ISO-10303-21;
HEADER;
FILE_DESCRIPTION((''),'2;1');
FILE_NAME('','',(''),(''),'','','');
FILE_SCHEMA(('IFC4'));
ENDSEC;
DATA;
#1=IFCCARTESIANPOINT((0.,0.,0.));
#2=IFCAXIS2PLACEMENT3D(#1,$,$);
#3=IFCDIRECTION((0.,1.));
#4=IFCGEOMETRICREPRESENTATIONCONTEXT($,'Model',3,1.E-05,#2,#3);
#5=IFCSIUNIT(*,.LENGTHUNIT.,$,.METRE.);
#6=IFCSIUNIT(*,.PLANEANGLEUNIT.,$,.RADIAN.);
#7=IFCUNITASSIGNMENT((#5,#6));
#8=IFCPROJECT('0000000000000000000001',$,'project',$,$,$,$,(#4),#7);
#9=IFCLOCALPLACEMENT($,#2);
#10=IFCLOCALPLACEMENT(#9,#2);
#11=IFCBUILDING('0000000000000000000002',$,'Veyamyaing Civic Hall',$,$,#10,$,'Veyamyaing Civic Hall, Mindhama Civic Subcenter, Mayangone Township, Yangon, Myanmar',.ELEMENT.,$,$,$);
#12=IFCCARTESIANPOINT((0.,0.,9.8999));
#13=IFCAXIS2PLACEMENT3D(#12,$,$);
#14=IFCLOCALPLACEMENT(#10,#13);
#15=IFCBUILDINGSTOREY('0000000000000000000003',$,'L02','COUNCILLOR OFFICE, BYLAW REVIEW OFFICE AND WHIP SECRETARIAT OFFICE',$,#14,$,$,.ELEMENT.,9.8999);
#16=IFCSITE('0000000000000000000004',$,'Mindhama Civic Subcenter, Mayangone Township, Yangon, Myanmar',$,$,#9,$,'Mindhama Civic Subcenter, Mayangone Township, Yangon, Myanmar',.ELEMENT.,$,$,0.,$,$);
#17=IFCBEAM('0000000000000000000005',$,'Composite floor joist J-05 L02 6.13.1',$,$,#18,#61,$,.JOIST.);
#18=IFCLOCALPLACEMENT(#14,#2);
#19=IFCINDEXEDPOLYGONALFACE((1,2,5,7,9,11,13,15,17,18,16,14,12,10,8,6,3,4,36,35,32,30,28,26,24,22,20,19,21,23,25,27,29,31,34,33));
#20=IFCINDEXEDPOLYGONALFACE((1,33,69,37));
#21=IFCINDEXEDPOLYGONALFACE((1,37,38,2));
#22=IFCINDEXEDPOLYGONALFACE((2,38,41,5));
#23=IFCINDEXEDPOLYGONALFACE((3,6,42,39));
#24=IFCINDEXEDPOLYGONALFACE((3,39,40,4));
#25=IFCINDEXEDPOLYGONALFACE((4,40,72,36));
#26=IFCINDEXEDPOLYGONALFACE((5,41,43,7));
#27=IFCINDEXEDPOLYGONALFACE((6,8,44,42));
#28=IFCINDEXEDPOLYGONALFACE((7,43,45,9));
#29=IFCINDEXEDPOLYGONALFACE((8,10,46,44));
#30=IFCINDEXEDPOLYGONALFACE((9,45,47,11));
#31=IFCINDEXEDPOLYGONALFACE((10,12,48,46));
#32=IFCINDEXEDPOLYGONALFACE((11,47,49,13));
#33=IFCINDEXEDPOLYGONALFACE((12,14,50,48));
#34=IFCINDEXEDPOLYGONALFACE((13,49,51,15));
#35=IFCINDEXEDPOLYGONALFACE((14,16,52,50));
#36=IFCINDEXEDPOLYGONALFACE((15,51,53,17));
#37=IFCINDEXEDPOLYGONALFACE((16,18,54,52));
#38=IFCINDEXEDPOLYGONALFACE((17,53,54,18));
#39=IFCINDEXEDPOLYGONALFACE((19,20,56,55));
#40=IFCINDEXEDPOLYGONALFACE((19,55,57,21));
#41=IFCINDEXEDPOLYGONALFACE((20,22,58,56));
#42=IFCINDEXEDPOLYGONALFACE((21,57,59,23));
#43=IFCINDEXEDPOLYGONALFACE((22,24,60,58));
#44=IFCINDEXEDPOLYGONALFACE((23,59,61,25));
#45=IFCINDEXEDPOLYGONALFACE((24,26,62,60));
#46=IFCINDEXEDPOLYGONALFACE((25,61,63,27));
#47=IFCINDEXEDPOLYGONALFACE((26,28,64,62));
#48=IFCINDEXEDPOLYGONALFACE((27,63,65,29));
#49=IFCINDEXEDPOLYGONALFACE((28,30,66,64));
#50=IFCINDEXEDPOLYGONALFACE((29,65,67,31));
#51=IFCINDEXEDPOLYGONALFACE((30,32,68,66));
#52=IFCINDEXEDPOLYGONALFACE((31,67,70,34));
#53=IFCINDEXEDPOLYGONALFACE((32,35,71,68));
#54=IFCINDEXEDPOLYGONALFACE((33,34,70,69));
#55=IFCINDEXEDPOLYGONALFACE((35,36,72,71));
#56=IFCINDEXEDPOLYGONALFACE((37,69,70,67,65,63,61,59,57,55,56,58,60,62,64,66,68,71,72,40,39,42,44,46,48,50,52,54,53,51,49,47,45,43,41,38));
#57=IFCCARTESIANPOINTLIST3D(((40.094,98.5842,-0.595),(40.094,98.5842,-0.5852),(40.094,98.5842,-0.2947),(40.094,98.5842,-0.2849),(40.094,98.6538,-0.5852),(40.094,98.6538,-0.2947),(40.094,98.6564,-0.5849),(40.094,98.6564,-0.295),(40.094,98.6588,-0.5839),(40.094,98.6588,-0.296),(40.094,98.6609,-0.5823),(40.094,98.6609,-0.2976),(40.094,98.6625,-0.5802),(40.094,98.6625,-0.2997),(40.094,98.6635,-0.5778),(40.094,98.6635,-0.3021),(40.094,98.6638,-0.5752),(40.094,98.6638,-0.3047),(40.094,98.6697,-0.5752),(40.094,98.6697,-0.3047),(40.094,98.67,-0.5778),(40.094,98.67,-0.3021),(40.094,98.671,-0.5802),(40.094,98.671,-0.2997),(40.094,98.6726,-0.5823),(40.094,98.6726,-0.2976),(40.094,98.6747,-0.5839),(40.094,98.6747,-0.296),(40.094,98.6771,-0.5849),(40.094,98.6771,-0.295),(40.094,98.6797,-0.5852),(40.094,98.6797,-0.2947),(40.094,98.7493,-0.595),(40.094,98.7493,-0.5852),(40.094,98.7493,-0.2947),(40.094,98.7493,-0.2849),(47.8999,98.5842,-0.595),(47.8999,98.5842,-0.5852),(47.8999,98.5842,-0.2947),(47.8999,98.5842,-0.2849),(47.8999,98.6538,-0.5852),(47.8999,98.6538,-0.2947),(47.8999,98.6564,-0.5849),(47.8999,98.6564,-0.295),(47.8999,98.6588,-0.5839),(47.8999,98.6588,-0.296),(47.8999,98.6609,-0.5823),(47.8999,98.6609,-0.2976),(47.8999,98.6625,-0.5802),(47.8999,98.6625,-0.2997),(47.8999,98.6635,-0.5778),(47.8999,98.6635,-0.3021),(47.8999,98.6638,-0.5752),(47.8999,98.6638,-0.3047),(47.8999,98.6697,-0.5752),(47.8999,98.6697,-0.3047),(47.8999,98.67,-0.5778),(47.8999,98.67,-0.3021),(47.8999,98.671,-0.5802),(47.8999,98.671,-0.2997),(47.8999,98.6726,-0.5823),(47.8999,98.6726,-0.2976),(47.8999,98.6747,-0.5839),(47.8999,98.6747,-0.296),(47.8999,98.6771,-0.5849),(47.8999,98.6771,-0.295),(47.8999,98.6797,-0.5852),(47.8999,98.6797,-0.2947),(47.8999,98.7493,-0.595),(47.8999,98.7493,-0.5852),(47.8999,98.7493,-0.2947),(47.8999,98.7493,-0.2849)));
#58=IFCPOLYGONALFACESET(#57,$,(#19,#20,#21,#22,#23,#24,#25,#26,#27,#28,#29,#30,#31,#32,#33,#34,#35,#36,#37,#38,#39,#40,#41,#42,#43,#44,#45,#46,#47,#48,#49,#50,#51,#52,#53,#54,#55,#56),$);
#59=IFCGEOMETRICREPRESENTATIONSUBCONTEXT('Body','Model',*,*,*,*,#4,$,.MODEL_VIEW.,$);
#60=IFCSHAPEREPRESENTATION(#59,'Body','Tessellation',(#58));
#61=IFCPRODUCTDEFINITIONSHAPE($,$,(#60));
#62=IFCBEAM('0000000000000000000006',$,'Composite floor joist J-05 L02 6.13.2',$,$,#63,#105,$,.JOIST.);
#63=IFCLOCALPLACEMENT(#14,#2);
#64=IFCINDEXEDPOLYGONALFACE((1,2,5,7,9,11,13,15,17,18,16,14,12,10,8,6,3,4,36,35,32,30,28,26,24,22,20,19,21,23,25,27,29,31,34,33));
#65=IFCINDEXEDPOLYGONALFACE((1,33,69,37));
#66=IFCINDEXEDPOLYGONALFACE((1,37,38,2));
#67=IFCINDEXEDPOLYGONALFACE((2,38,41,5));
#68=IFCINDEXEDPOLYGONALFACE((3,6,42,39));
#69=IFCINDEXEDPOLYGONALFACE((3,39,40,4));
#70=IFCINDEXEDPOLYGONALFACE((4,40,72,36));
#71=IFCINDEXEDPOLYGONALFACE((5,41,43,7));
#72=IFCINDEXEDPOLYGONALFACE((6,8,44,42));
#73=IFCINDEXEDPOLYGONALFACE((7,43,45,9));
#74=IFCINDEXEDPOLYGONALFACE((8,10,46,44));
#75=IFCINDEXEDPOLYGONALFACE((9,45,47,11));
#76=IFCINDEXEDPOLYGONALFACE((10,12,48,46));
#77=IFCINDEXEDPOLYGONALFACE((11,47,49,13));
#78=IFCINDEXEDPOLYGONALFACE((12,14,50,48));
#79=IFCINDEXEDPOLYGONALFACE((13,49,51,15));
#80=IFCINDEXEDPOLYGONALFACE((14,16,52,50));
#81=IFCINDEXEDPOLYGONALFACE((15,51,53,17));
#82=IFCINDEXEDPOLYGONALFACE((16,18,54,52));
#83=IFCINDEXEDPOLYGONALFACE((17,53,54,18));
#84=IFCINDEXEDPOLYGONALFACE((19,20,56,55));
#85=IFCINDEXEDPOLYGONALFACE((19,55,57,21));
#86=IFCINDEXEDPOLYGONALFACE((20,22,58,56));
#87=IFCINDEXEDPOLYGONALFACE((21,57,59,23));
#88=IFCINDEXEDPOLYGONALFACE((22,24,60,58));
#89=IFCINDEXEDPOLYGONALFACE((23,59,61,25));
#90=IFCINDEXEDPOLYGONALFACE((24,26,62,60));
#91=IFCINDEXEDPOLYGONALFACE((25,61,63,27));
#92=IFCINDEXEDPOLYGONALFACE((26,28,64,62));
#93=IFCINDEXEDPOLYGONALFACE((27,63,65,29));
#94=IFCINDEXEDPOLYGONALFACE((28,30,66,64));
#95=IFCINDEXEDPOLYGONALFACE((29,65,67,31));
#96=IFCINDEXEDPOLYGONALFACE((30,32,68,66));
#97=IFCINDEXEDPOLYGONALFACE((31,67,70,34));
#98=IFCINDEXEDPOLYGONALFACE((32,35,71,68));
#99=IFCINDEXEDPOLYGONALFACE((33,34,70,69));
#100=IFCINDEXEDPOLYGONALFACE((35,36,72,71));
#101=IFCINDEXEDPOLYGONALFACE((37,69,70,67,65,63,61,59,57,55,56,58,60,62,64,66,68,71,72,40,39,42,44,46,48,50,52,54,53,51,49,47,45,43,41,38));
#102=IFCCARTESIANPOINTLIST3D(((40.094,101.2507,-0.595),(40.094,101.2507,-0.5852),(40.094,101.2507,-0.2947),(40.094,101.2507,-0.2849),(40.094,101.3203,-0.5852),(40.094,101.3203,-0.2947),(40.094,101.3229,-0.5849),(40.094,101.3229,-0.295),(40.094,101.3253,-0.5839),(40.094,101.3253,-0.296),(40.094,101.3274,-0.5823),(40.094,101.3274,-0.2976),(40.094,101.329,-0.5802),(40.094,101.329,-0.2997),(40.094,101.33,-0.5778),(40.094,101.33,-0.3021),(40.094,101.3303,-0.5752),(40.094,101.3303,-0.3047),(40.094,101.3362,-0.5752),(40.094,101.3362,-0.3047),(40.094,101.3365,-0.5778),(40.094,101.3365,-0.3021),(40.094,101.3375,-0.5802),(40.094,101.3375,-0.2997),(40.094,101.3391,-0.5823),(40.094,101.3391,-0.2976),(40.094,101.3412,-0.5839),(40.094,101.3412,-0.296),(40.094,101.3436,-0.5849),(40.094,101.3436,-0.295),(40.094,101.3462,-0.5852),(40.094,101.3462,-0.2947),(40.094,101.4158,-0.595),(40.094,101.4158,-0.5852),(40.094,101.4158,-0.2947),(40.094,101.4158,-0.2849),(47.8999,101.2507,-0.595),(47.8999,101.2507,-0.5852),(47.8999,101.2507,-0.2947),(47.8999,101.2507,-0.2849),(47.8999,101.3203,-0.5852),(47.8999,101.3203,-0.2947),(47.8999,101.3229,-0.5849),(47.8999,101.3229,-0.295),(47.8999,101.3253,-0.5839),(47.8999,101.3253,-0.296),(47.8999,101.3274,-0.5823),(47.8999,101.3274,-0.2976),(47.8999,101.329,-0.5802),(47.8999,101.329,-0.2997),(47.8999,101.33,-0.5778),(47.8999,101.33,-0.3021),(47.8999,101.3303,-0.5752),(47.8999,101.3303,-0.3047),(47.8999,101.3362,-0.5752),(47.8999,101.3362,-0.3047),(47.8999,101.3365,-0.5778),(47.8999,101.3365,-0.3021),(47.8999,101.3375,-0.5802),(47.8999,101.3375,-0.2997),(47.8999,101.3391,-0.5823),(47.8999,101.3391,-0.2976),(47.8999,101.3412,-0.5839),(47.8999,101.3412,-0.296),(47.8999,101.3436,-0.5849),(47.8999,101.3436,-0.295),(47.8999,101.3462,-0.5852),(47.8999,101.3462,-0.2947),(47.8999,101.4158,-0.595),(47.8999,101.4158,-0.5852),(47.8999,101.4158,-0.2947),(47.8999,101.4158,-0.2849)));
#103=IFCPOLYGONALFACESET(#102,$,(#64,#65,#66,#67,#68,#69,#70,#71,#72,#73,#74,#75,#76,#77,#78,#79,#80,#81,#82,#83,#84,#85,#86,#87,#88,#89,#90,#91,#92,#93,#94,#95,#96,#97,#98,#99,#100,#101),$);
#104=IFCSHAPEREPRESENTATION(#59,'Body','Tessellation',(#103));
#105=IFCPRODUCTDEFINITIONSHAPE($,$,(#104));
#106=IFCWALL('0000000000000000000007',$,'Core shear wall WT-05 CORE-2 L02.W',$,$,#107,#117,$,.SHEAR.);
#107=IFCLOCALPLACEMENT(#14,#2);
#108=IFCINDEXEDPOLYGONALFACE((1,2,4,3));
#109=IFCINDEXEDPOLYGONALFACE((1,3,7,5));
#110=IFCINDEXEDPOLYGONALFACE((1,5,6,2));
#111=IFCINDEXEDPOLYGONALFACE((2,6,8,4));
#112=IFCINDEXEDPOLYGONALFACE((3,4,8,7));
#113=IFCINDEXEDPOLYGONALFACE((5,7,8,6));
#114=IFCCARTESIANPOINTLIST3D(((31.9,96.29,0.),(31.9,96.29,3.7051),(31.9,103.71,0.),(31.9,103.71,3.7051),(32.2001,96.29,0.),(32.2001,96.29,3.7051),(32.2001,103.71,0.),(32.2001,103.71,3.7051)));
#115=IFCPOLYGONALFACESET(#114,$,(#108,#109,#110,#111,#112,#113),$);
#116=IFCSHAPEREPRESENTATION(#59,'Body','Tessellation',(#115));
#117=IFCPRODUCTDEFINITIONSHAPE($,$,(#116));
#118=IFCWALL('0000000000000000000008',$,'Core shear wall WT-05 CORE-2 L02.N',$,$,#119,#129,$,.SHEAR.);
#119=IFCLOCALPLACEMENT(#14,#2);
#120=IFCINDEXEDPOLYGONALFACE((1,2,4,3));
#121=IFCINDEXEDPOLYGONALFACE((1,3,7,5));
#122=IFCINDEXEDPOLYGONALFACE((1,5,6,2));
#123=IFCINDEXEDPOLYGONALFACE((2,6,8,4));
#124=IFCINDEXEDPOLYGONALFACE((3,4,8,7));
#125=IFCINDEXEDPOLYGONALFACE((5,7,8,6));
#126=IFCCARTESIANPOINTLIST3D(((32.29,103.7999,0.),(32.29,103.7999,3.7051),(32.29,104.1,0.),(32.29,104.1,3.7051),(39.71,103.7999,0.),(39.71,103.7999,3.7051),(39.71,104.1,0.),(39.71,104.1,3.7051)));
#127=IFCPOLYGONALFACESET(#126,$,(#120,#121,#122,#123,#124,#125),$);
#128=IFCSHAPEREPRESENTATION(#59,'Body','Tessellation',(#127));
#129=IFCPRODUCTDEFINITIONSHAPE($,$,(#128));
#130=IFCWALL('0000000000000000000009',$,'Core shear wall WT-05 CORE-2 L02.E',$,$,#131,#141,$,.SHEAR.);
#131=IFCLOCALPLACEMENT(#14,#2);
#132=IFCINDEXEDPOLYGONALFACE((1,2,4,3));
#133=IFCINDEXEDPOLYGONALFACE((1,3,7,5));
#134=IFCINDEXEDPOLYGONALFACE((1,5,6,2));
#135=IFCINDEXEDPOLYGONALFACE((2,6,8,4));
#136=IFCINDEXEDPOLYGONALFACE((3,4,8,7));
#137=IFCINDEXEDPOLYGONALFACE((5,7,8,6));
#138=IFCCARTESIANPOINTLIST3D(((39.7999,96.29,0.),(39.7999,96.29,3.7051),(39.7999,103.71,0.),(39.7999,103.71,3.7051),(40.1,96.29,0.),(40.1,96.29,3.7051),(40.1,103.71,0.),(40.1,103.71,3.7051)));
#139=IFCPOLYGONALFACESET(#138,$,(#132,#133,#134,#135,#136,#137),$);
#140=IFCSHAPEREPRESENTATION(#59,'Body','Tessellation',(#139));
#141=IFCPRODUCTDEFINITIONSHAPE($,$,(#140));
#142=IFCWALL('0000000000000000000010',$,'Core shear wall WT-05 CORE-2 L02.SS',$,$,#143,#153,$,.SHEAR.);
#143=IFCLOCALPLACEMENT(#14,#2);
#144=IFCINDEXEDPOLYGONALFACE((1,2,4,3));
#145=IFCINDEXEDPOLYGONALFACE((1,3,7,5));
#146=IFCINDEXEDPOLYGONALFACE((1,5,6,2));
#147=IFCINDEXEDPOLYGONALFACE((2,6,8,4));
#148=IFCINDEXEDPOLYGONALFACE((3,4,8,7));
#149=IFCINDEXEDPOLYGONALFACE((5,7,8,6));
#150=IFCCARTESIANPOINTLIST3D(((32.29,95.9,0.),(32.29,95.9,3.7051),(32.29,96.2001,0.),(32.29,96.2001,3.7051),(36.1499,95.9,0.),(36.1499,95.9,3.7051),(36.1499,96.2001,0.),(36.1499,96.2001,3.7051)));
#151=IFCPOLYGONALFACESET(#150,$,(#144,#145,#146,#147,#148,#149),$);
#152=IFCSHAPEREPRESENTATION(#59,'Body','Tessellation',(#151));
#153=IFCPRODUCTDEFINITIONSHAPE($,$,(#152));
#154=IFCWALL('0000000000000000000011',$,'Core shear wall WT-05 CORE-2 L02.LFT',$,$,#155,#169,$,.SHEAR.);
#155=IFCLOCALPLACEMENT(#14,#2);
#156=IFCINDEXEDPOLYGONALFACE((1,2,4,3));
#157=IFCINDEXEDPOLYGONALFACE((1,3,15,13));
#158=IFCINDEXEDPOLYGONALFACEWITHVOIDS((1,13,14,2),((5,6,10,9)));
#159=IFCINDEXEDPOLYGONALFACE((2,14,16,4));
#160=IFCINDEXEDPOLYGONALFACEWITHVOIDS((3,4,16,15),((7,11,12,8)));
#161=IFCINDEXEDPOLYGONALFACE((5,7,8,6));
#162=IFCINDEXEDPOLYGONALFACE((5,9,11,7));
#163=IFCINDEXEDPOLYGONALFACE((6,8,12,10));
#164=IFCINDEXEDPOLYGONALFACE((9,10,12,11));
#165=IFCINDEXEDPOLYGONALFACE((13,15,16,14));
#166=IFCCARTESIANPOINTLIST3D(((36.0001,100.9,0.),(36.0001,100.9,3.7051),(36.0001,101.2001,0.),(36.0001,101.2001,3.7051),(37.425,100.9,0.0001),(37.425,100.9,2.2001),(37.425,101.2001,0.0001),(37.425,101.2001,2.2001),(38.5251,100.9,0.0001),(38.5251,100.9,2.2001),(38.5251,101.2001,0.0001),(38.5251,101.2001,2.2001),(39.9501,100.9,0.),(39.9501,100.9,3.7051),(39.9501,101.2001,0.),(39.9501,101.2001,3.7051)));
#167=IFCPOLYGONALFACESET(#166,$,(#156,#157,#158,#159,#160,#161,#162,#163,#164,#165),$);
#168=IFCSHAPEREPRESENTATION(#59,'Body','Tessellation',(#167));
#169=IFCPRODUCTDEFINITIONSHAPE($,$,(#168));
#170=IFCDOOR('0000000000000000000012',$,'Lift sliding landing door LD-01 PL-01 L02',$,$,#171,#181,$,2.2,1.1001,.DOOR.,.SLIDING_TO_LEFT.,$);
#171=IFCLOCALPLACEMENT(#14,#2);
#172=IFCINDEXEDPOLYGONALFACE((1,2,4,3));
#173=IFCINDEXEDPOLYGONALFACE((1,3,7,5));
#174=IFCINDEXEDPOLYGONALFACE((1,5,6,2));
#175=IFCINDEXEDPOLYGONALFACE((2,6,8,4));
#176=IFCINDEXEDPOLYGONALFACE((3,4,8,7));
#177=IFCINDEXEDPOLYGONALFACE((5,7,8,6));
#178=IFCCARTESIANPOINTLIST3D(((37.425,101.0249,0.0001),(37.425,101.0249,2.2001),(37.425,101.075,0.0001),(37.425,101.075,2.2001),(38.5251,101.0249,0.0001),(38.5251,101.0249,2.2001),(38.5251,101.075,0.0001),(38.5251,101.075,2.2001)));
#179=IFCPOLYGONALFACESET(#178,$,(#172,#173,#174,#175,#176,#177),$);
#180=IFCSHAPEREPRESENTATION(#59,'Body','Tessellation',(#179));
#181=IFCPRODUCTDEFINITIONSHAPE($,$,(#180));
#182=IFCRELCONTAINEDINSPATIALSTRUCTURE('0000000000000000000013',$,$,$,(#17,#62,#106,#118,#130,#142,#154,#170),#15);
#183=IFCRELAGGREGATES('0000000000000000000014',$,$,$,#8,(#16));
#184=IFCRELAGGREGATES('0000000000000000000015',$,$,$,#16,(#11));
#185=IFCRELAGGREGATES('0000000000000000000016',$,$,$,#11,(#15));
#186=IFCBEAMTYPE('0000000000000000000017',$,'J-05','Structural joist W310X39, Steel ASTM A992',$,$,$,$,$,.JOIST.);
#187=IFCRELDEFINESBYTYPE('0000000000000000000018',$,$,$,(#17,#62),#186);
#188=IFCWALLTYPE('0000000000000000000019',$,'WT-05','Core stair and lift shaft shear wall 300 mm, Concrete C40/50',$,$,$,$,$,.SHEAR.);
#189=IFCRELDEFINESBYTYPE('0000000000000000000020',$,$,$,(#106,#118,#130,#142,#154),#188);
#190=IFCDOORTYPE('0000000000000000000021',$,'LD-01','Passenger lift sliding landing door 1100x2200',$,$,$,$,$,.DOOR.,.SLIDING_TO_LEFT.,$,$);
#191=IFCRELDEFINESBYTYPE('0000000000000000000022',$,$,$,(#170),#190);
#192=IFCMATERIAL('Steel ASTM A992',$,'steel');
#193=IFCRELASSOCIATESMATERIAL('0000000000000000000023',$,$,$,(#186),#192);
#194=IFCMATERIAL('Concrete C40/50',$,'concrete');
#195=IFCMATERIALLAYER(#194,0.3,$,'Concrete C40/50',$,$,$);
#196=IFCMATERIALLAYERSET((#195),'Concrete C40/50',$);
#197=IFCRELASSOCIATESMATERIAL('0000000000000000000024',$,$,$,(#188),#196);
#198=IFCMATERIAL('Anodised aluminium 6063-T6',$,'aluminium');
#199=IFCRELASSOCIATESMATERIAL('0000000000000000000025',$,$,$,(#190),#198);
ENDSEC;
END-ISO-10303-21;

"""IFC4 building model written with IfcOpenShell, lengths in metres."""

from ifc_helpers import new_model, si_unit, direction, frame, frame_2d, origin, origin_2d, place, context, subcontext, project, spatial, rectangle, i_section, extrude, material, layer, layer_set, material_profile, profile_set, type_object, element, fill, save


model = new_model("IFC4")

# Units and contexts
model_context = context("Model", 3, precision=1e-05, world=origin(), true_north=direction((0.0, 1.0)))
body_context = subcontext(model_context, "Body", "Model", "MODEL_VIEW")
ifc_project = project(units=[si_unit("LENGTHUNIT", "METRE"), si_unit("PLANEANGLEUNIT", "RADIAN")], contexts=[model_context])

# Site, building, storey
site_placement = place(None, origin())
site = spatial("IfcSite", under=ifc_project, at=site_placement, Name="Mindhama Civic Subcenter, Mayangone Township, Yangon, Myanmar", LongName="Mindhama Civic Subcenter, Mayangone Township, Yangon, Myanmar", CompositionType="ELEMENT", RefElevation=0.0)
building_placement = place(site_placement, origin())
building = spatial("IfcBuilding", under=site, at=building_placement, Name="Veyamyaing Civic Hall", LongName="Veyamyaing Civic Hall, Mindhama Civic Subcenter, Mayangone Township, Yangon, Myanmar", CompositionType="ELEMENT")
storey_placement = place(building_placement, frame((0.0, 0.0, 9.8999)))
storey = spatial("IfcBuildingStorey", under=building, at=storey_placement, Name="L02", Description="COUNCILLOR OFFICE, BYLAW REVIEW OFFICE AND WHIP SECRETARIAT OFFICE", CompositionType="ELEMENT", Elevation=9.8999)

# Shared definitions
ifc_material_1 = material(Name="Steel ASTM A992", Category="steel")

# Shared definitions
ifc_material_2 = material(Name="Anodised aluminium 6063-T6", Category="aluminium")

# Beams
ifc_material_profile_1 = material_profile(ifc_material_1, i_section(OverallWidth=0.165, OverallDepth=0.3101, WebThickness=0.0059, FlangeThickness=0.0098, FilletRadius=0.01, at=origin_2d()), Name="W310X39")
ifc_profile_set_1 = profile_set([ifc_material_profile_1], Name="Steel ASTM A992")
beam_type_1 = type_object("IfcBeamType", Name="J-05", Description="Structural joist W310X39, Steel ASTM A992", PredefinedType="JOIST", material=ifc_profile_set_1)
for number, where, z_axis, x_axis, name in (
    (1, (40.094, 98.6667, -0.4399), (1.0, 0.0, 0.0), (0.0, 1.0, 0.0), "Composite floor joist J-05 L02 6.13.1"),
    (2, (40.094, 101.3333, -0.4399), (1.0, 0.0, 0.0), (0.0, 1.0, 0.0), "Composite floor joist J-05 L02 6.13.2"),
):
    element("IfcBeam", number, at=place(storey_placement, frame(where, z_axis=z_axis, x_axis=x_axis)), inside=storey, type_object=beam_type_1, Name=name, PredefinedType="JOIST", context=body_context, shape_type="SweptSolid", body=[
        extrude(i_section(OverallWidth=0.165, OverallDepth=0.3101, WebThickness=0.0059, FlangeThickness=0.0098, FilletRadius=0.01, at=origin_2d()), origin(), (0.0, 0.0, 1.0), 7.8059),
    ])

# Walls
ifc_material_3 = material(Name="Concrete C40/50", Category="concrete")
ifc_layer_1 = layer(ifc_material_3, 0.3, Name="Concrete C40/50")
ifc_layer_set_1 = layer_set([ifc_layer_1], Name="Concrete C40/50")
wall_type_1 = type_object("IfcWallType", Name="WT-05", Description="Core stair and lift shaft shear wall 300 mm, Concrete C40/50", PredefinedType="SHEAR", material=ifc_layer_set_1)
for number, where, z_axis, x_axis, name in (
    (3, (32.05, 96.29, 0.0), (0.0, 0.0, 1.0), (0.0, 1.0, 0.0), "Core shear wall WT-05 CORE-2 L02.W"),
    (4, (32.29, 103.95, 0.0), (0.0, 0.0, 1.0), (1.0, 0.0, 0.0), "Core shear wall WT-05 CORE-2 L02.N"),
    (5, (39.95, 96.29, 0.0), (0.0, 0.0, 1.0), (0.0, 1.0, 0.0), "Core shear wall WT-05 CORE-2 L02.E"),
):
    element("IfcWall", number, at=place(storey_placement, frame(where, z_axis=z_axis, x_axis=x_axis)), inside=storey, type_object=wall_type_1, Name=name, PredefinedType="SHEAR", context=body_context, shape_type="SweptSolid", body=[
        extrude(rectangle(XDim=7.4199, YDim=0.3, at=frame_2d((3.71, 0.0))), origin(), (0.0, 0.0, 1.0), 3.7051),
    ])
wall_1_placement = place(storey_placement, frame((32.29, 96.05, 0.0), z_axis=(0.0, 0.0, 1.0), x_axis=(1.0, 0.0, 0.0)))
element("IfcWall", 6, at=wall_1_placement, inside=storey, type_object=wall_type_1, Name="Core shear wall WT-05 CORE-2 L02.SS", PredefinedType="SHEAR", context=body_context, shape_type="SweptSolid", body=[
    extrude(rectangle(XDim=3.8599, YDim=0.3, at=frame_2d((1.9299, 0.0))), origin(), (0.0, 0.0, 1.0), 3.7051),
])

# Wall, opening, door
wall_2_placement = place(storey_placement, frame((36.0, 101.05, 0.0), z_axis=(0.0, 0.0, 1.0), x_axis=(1.0, 0.0, 0.0)))
wall_2 = element("IfcWall", 7, at=wall_2_placement, inside=storey, type_object=wall_type_1, Name="Core shear wall WT-05 CORE-2 L02.LFT", PredefinedType="SHEAR", context=body_context, shape_type="SweptSolid", body=[
    extrude(rectangle(XDim=3.95, YDim=0.3, at=frame_2d((1.9751, 0.0))), origin(), (0.0, 0.0, 1.0), 3.7051),
])
opening_1_placement = place(wall_2_placement, frame((1.425, 0.0, 0.0)))
opening_1 = element("IfcOpeningElement", 8, at=opening_1_placement, cuts=wall_2, PredefinedType="OPENING", context=body_context, shape_type="SweptSolid", body=[
    extrude(rectangle(XDim=1.1001, YDim=2.2, at=frame_2d((0.55, 1.1001))), frame((0.0, 0.1599, 0.0), z_axis=(0.0, -1.0, 0.0), x_axis=(1.0, 0.0, 0.0)), (0.0, 0.0, 1.0), 0.3201),
])
door_type_1 = type_object("IfcDoorType", Name="LD-01", Description="Passenger lift sliding landing door 1100x2200", OperationType="SLIDING_TO_LEFT", PredefinedType="DOOR", material=ifc_material_2)
door_1_placement = place(opening_1_placement, origin())
door_1 = element("IfcDoor", 9, at=door_1_placement, inside=storey, type_object=door_type_1, Name="Lift sliding landing door LD-01 PL-01 L02", OperationType="SLIDING_TO_LEFT", OverallHeight=2.2, OverallWidth=1.1001, PredefinedType="DOOR", context=body_context, shape_type="SweptSolid", body=[
    extrude(rectangle(XDim=1.1001, YDim=2.2, at=frame_2d((0.55, 1.1001))), frame((0.0, 0.0249, 0.0), z_axis=(0.0, -1.0, 0.0), x_axis=(1.0, 0.0, 0.0)), (0.0, 0.0, 1.0), 0.05),
])
fill(opening_1, door_1)

save(model, "model.ifc")
